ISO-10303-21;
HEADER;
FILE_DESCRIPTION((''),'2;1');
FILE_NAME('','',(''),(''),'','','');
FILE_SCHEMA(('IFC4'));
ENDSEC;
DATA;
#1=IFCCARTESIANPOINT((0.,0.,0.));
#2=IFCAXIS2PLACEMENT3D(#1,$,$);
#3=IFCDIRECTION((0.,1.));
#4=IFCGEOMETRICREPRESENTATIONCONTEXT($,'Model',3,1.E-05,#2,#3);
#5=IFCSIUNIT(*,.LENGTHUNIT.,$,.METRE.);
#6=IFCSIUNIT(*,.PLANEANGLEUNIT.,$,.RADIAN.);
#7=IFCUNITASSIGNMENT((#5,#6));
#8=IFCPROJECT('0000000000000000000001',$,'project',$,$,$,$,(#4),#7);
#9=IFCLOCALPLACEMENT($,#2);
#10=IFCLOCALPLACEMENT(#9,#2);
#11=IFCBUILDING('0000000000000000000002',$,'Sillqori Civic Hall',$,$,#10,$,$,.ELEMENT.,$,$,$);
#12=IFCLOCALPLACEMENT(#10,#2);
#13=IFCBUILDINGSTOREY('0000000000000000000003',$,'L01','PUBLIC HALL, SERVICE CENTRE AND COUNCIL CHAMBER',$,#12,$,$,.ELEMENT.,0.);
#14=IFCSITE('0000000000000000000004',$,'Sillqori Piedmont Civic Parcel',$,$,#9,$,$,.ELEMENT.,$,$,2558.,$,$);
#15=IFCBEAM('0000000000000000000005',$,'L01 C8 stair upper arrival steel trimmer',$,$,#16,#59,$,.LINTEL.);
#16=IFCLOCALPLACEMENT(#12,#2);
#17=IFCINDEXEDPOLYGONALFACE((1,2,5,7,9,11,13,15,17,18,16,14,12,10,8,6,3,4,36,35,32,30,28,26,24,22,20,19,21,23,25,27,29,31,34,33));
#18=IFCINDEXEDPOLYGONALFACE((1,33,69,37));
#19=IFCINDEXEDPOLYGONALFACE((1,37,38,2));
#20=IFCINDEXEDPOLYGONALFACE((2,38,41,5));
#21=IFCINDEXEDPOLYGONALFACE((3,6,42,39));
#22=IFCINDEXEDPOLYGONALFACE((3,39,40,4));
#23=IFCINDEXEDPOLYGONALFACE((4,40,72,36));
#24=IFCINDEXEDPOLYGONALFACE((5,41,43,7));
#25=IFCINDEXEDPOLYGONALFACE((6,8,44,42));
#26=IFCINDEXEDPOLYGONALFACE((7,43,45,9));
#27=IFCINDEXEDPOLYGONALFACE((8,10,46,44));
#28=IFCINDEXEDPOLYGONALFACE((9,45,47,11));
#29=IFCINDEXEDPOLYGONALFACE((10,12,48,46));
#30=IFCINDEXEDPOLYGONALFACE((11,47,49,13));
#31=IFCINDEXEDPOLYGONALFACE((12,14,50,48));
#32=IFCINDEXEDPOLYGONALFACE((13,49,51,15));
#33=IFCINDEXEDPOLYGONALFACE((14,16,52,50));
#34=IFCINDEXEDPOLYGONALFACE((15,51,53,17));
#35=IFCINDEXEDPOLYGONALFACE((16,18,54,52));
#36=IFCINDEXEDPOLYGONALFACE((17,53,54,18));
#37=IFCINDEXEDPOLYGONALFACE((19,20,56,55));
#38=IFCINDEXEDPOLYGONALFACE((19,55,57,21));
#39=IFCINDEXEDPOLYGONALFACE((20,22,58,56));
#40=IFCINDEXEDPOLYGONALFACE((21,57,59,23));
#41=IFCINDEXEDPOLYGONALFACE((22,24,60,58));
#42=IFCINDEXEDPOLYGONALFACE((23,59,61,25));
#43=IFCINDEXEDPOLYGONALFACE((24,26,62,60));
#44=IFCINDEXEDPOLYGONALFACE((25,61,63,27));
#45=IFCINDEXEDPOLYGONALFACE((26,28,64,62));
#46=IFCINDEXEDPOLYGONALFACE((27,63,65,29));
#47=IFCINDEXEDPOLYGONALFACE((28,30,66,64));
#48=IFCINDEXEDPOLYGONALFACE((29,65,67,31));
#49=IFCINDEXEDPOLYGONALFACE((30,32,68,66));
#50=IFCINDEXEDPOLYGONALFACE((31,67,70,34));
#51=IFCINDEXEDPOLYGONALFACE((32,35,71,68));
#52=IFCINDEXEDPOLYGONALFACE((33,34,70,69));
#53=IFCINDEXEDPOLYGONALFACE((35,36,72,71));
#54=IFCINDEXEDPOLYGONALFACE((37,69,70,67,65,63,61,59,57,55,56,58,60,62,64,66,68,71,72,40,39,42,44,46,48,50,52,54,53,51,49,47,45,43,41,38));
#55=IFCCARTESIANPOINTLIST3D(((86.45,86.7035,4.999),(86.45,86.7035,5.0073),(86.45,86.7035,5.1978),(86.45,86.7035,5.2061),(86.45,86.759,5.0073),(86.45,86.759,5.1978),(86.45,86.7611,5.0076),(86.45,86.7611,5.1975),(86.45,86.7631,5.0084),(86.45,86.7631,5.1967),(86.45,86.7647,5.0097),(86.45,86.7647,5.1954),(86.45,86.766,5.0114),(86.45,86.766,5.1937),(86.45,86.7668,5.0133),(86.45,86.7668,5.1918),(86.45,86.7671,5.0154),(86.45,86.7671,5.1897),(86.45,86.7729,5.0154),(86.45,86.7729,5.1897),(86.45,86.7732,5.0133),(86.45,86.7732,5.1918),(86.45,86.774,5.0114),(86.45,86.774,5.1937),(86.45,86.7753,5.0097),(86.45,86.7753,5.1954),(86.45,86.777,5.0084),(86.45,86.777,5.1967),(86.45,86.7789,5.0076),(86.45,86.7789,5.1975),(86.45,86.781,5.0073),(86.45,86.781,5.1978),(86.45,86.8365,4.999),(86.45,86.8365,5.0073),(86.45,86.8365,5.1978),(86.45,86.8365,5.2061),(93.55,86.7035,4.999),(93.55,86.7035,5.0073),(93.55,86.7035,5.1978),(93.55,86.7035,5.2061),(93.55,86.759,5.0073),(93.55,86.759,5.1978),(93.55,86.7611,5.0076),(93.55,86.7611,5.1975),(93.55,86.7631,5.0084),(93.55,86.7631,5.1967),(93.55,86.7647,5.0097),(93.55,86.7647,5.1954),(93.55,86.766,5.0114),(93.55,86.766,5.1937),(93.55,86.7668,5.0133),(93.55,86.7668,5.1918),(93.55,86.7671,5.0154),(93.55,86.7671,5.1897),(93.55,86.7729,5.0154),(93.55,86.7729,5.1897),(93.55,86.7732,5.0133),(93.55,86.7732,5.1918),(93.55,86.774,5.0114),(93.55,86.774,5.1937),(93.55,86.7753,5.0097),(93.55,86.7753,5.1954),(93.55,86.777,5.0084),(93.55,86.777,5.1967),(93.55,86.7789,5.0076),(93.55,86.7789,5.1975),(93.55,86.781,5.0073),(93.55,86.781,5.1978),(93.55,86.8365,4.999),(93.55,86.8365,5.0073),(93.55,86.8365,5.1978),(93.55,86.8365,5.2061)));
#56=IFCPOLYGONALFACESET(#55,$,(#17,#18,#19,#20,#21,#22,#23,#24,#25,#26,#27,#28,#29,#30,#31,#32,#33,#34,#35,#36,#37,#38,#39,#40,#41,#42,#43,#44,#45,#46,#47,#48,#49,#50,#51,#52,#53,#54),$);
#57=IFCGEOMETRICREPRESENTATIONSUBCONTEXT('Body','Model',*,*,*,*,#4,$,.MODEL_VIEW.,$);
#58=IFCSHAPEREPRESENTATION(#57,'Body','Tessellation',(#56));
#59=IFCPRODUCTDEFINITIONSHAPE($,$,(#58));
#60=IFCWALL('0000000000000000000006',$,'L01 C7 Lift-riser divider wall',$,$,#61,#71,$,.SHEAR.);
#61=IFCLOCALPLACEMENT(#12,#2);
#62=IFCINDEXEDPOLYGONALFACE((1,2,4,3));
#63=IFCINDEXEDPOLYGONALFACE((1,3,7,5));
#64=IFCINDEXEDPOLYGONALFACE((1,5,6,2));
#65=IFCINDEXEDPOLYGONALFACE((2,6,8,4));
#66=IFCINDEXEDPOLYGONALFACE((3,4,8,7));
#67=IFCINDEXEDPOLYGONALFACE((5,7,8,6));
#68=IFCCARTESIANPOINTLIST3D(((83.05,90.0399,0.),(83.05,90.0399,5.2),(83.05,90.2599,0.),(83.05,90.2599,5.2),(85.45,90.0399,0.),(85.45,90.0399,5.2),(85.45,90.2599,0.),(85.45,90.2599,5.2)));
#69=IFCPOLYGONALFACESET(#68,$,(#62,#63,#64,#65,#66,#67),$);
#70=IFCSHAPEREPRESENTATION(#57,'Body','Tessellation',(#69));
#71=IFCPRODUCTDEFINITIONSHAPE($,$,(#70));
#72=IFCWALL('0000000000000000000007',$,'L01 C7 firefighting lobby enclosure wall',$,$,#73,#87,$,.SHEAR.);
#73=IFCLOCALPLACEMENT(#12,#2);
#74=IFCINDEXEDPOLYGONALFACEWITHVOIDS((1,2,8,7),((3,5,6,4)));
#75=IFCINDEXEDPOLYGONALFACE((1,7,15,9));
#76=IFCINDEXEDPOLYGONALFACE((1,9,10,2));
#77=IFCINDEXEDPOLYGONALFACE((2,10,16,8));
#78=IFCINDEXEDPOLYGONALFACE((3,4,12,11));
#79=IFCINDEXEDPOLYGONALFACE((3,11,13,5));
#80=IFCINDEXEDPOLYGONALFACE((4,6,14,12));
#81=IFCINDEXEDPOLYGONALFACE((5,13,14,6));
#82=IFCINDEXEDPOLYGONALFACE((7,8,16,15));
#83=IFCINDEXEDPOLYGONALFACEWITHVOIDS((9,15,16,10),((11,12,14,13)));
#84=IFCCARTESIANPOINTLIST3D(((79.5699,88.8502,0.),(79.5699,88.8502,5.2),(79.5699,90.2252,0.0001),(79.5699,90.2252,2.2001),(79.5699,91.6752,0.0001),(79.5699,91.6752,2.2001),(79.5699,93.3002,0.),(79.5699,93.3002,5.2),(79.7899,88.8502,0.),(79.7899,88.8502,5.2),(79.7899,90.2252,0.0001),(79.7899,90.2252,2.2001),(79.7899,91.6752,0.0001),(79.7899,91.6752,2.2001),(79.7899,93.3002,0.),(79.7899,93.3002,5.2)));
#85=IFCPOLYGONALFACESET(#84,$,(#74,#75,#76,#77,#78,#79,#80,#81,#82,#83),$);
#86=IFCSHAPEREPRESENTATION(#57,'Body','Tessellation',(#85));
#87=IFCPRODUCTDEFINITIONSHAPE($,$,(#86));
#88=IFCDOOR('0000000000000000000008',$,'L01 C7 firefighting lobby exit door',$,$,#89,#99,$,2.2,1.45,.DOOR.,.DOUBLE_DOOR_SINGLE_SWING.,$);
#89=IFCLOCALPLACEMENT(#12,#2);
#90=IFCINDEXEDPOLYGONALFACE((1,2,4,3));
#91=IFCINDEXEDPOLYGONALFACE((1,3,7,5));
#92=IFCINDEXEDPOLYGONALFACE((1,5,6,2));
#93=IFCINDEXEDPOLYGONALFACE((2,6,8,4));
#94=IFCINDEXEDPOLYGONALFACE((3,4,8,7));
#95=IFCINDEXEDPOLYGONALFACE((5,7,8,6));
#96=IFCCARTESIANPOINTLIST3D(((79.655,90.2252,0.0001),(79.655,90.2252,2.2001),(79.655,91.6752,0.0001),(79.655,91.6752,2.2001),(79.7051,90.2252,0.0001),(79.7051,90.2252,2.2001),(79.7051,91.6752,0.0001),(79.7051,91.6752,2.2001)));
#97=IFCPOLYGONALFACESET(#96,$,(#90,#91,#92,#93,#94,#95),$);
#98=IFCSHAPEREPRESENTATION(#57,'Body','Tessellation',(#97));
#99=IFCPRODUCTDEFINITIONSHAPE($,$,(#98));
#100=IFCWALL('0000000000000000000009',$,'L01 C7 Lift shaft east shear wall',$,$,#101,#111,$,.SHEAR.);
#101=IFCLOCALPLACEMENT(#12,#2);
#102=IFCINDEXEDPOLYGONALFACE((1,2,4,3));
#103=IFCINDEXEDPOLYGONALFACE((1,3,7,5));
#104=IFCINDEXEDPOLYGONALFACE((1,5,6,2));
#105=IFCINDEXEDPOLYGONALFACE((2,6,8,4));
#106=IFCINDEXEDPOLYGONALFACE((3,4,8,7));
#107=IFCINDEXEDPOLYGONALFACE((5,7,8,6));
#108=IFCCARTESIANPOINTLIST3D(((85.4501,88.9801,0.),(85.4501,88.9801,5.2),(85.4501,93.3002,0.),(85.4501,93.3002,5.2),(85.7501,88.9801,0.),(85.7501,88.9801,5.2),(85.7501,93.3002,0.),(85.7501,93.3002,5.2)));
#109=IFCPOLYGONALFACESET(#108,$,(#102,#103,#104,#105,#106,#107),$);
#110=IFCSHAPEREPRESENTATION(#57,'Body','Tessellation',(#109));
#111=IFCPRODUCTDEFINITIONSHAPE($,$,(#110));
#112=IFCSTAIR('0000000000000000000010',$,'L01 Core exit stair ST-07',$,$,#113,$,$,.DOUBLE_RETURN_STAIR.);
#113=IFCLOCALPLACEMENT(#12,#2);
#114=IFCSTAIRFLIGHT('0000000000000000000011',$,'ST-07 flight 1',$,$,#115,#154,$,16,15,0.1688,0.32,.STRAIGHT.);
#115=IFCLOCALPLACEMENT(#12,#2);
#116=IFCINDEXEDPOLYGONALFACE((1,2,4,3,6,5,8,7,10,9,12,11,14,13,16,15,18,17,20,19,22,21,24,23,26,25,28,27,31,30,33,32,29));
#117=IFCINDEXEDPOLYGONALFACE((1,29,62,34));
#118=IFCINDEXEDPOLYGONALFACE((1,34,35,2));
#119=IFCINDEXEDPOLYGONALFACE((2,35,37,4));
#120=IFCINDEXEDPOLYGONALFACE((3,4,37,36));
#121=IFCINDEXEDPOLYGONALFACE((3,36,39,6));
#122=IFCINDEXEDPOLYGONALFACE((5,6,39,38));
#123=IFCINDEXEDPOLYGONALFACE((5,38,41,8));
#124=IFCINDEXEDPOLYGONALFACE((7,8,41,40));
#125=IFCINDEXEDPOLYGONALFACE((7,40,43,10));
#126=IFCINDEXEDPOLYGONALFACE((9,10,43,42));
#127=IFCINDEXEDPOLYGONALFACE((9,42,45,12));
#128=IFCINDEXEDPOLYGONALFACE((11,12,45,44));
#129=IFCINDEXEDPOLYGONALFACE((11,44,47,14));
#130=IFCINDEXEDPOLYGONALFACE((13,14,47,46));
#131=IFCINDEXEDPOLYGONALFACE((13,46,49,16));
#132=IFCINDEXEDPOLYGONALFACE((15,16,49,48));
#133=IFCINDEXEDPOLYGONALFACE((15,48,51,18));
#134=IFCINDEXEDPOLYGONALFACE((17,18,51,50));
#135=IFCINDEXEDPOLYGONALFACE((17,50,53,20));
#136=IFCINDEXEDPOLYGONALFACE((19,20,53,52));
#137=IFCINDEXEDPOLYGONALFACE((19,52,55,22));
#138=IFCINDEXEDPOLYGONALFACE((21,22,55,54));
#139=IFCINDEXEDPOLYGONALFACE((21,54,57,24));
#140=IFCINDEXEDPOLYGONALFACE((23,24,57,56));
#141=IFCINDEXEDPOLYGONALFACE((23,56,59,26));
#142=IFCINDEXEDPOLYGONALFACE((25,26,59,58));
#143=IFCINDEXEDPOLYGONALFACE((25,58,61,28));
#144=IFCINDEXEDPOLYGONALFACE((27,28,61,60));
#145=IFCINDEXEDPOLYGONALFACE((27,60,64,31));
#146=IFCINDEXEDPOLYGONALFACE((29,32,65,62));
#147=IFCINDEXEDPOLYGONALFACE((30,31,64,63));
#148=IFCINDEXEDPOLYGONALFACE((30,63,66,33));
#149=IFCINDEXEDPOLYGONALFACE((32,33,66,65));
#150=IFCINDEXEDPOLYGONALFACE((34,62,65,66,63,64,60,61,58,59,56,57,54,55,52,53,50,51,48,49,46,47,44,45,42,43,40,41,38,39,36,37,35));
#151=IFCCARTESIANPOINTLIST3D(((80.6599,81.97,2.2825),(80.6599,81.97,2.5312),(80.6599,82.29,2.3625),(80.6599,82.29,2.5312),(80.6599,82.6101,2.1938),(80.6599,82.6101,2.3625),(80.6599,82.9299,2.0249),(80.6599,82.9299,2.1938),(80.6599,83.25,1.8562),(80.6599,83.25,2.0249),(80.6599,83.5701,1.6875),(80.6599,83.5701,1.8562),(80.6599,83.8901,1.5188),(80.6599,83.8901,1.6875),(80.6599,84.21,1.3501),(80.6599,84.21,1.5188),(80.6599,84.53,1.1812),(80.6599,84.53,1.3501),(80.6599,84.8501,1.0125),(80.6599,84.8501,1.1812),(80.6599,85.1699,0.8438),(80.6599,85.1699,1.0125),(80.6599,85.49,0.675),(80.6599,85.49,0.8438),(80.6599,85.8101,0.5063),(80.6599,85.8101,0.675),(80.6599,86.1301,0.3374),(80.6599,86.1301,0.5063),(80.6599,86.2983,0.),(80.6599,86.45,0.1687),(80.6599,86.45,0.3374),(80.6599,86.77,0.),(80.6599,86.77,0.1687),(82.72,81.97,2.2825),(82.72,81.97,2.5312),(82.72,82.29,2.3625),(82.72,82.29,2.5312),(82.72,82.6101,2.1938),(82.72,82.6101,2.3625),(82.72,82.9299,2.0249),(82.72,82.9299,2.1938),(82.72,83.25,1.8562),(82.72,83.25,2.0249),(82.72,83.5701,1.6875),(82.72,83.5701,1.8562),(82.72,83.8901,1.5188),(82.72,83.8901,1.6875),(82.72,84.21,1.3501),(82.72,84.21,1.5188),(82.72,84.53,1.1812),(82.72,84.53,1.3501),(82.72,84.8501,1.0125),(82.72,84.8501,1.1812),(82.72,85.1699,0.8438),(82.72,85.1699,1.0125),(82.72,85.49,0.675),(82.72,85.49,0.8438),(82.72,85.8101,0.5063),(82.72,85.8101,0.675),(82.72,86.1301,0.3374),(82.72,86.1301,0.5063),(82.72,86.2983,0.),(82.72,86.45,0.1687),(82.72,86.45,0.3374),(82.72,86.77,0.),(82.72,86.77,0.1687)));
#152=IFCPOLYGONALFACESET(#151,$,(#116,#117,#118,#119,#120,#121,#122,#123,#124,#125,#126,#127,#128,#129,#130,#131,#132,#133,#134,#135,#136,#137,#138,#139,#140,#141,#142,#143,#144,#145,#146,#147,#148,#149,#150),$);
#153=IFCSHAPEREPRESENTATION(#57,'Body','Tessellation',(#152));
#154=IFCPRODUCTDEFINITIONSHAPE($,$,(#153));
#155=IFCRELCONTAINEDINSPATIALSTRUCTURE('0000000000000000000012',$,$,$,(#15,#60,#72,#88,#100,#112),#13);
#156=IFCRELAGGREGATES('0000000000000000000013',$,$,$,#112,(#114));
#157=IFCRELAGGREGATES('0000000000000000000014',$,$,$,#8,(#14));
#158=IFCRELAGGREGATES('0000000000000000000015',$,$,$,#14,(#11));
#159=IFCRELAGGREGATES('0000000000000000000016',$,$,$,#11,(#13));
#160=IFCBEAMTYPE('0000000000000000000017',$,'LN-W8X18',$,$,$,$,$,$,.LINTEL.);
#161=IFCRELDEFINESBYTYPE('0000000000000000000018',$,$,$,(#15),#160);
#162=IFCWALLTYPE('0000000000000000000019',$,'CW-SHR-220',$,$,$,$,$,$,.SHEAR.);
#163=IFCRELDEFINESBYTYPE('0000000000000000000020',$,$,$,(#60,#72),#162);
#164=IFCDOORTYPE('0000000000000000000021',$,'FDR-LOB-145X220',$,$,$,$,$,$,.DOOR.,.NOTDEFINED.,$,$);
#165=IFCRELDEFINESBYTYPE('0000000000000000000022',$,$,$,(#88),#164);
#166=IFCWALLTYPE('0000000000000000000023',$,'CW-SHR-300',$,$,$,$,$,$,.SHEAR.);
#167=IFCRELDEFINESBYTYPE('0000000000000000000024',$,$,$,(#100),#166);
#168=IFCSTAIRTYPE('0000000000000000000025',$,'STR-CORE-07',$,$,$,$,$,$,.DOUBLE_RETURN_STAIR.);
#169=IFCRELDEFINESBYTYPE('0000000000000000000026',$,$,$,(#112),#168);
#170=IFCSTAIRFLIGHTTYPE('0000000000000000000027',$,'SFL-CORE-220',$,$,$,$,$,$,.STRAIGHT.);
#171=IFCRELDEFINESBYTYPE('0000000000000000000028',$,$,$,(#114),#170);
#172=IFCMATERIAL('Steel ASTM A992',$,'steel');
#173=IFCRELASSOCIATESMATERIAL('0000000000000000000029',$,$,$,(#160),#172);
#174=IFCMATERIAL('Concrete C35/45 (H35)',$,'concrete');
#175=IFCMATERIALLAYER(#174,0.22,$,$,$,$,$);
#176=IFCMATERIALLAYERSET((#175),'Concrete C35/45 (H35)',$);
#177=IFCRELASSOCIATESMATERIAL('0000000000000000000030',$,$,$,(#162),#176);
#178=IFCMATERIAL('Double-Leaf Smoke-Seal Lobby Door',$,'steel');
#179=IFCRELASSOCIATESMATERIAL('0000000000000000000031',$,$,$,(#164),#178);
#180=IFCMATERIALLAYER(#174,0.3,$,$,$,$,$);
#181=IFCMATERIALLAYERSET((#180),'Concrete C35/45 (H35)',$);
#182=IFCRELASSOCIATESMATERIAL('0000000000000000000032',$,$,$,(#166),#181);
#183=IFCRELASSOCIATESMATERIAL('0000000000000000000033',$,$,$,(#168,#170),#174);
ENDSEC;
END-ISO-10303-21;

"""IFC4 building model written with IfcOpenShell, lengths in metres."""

from ifc_helpers import new_model, si_unit, direction, frame, frame_2d, origin, origin_2d, place, context, subcontext, project, spatial, polyline, rectangle, i_section, outline, extrude, material, layer, layer_set, material_profile, profile_set, type_object, element, fill, aggregate, save


model = new_model("IFC4")

# Units and contexts
model_context = context("Model", 3, precision=1e-05, world=origin(), true_north=direction((0.0, 1.0)))
body_context = subcontext(model_context, "Body", "Model", "MODEL_VIEW")
ifc_project = project(units=[si_unit("LENGTHUNIT", "METRE"), si_unit("PLANEANGLEUNIT", "RADIAN")], contexts=[model_context])

# Site, building, storey
site_placement = place(None, origin())
site = spatial("IfcSite", under=ifc_project, at=site_placement, Name="Sillqori Piedmont Civic Parcel", CompositionType="ELEMENT", RefElevation=2558.0)
building_placement = place(site_placement, origin())
building = spatial("IfcBuilding", under=site, at=building_placement, Name="Sillqori Civic Hall", CompositionType="ELEMENT")
storey_placement = place(building_placement, origin())
storey = spatial("IfcBuildingStorey", under=building, at=storey_placement, Name="L01", Description="PUBLIC HALL, SERVICE CENTRE AND COUNCIL CHAMBER", CompositionType="ELEMENT", Elevation=0.0)

# Shared definitions
ifc_material_1 = material(Name="Concrete C35/45 (H35)", Category="concrete")

# Beam
ifc_material_2 = material(Name="Steel ASTM A992", Category="steel")
ifc_material_profile_1 = material_profile(ifc_material_2, i_section(OverallWidth=0.1331, OverallDepth=0.207, WebThickness=0.0059, FlangeThickness=0.0083, FilletRadius=0.0081, at=origin_2d()), Name="W8X18")
ifc_profile_set_1 = profile_set([ifc_material_profile_1], Name="Steel ASTM A992")
beam_type_1 = type_object("IfcBeamType", Name="LN-W8X18", PredefinedType="LINTEL", material=ifc_profile_set_1)
for number, where, z_axis, x_axis, name in (
    (1, (86.45, 86.77, 5.1025), (1.0, 0.0, 0.0), (0.0, 1.0, 0.0), "L01 C8 stair upper arrival steel trimmer"),
):
    element("IfcBeam", number, at=place(storey_placement, frame(where, z_axis=z_axis, x_axis=x_axis)), inside=storey, type_object=beam_type_1, Name=name, PredefinedType="LINTEL", context=body_context, shape_type="SweptSolid", body=[
        extrude(i_section(OverallWidth=0.1331, OverallDepth=0.207, WebThickness=0.0059, FlangeThickness=0.0083, FilletRadius=0.0081, at=origin_2d()), origin(), (0.0, 0.0, 1.0), 7.1001),
    ])

# Wall
ifc_layer_1 = layer(ifc_material_1, 0.22)
ifc_layer_set_1 = layer_set([ifc_layer_1], Name="Concrete C35/45 (H35)")
wall_type_1 = type_object("IfcWallType", Name="CW-SHR-220", PredefinedType="SHEAR", material=ifc_layer_set_1)
wall_1_placement = place(storey_placement, frame((83.05, 90.1499, 0.0), z_axis=(0.0, 0.0, 1.0), x_axis=(1.0, 0.0, 0.0)))
element("IfcWall", 2, at=wall_1_placement, inside=storey, type_object=wall_type_1, Name="L01 C7 Lift-riser divider wall", PredefinedType="SHEAR", context=body_context, shape_type="SweptSolid", body=[
    extrude(rectangle(XDim=2.3999, YDim=0.22, at=frame_2d((1.2, 0.0))), origin(), (0.0, 0.0, 1.0), 5.2),
])

# Wall, opening, door
wall_2_placement = place(storey_placement, frame((79.6799, 88.8501, 0.0), z_axis=(0.0, 0.0, 1.0), x_axis=(0.0, 1.0, 0.0)))
wall_2 = element("IfcWall", 3, at=wall_2_placement, inside=storey, type_object=wall_type_1, Name="L01 C7 firefighting lobby enclosure wall", PredefinedType="SHEAR", context=body_context, shape_type="SweptSolid", body=[
    extrude(rectangle(XDim=4.45, YDim=0.22, at=frame_2d((2.2251, 0.0))), origin(), (0.0, 0.0, 1.0), 5.2),
])
opening_1_placement = place(wall_2_placement, frame((1.375, 0.0, 0.0)))
opening_1 = element("IfcOpeningElement", 4, at=opening_1_placement, cuts=wall_2, PredefinedType="OPENING", context=body_context, shape_type="SweptSolid", body=[
    extrude(rectangle(XDim=1.45, YDim=2.2, at=frame_2d((0.7251, 1.1001))), frame((0.0, 0.1199, 0.0), z_axis=(0.0, -1.0, 0.0), x_axis=(1.0, 0.0, 0.0)), (0.0, 0.0, 1.0), 0.24),
])
ifc_material_3 = material(Name="Double-Leaf Smoke-Seal Lobby Door", Category="steel")
door_type_1 = type_object("IfcDoorType", Name="FDR-LOB-145X220", OperationType="NOTDEFINED", PredefinedType="DOOR", material=ifc_material_3)
door_1_placement = place(opening_1_placement, origin())
door_1 = element("IfcDoor", 5, at=door_1_placement, inside=storey, type_object=door_type_1, Name="L01 C7 firefighting lobby exit door", OperationType="DOUBLE_DOOR_SINGLE_SWING", OverallHeight=2.2, OverallWidth=1.45, PredefinedType="DOOR", context=body_context, shape_type="SweptSolid", body=[
    extrude(rectangle(XDim=1.45, YDim=2.2, at=frame_2d((0.7251, 1.1001))), frame((0.0, 0.0249, 0.0), z_axis=(0.0, -1.0, 0.0), x_axis=(1.0, 0.0, 0.0)), (0.0, 0.0, 1.0), 0.05),
])
fill(opening_1, door_1)

# Wall
ifc_layer_2 = layer(ifc_material_1, 0.3)
ifc_layer_set_2 = layer_set([ifc_layer_2], Name="Concrete C35/45 (H35)")
wall_type_2 = type_object("IfcWallType", Name="CW-SHR-300", PredefinedType="SHEAR", material=ifc_layer_set_2)
wall_3_placement = place(storey_placement, frame((85.6001, 88.98, 0.0), z_axis=(0.0, 0.0, 1.0), x_axis=(0.0, 1.0, 0.0)))
element("IfcWall", 6, at=wall_3_placement, inside=storey, type_object=wall_type_2, Name="L01 C7 Lift shaft east shear wall", PredefinedType="SHEAR", context=body_context, shape_type="SweptSolid", body=[
    extrude(rectangle(XDim=4.3201, YDim=0.3, at=frame_2d((2.1602, 0.0))), origin(), (0.0, 0.0, 1.0), 5.2),
])

# Stair, stair flight
stair_type = type_object("IfcStairType", Name="STR-CORE-07", PredefinedType="DOUBLE_RETURN_STAIR", material=ifc_material_1)
stair_placement = place(storey_placement, origin())
stair = element("IfcStair", 7, at=stair_placement, inside=storey, type_object=stair_type, Name="L01 Core exit stair ST-07", PredefinedType="DOUBLE_RETURN_STAIR")
stair_flight_type = type_object("IfcStairFlightType", Name="SFL-CORE-220", PredefinedType="STRAIGHT", material=ifc_material_1)
stair_flight_placement = place(storey_placement, frame((81.6899, 86.77, 0.0), z_axis=(0.0, 0.0, 1.0), x_axis=(0.0, -1.0, 0.0)))
stair_flight = element("IfcStairFlight", 8, at=stair_flight_placement, type_object=stair_flight_type, Name="ST-07 flight 1", NumberOfRisers=16, NumberOfTreads=15, PredefinedType="STRAIGHT", RiserHeight=0.1688, TreadLength=0.32, context=body_context, shape_type="SweptSolid", body=[
    extrude(outline(polyline([(0.0, 0.0), (0.0, 0.1687), (0.3201, 0.1687), (0.3201, 0.3374), (0.6399, 0.3374), (0.6399, 0.5063), (0.96, 0.5063), (0.96, 0.675), (1.28, 0.675), (1.28, 0.8438), (1.6001, 0.8438), (1.6001, 1.0125), (1.9199, 1.0125), (1.9199, 1.1812), (2.24, 1.1812), (2.24, 1.3501), (2.5601, 1.3501), (2.5601, 1.5188), (2.8799, 1.5188), (2.8799, 1.6875), (3.2, 1.6875), (3.2, 1.8562), (3.52, 1.8562), (3.52, 2.0249), (3.8401, 2.0249), (3.8401, 2.1938), (4.1599, 2.1938), (4.1599, 2.3625), (4.48, 2.3625), (4.48, 2.5312), (4.8, 2.5312), (4.8, 2.7), (4.8, 2.2825), (0.4717, 0.0), (0.0, 0.0)])), frame((0.0, 1.03, 0.0), z_axis=(0.0, -1.0, 0.0), x_axis=(1.0, 0.0, 0.0)), (0.0, 0.0, 1.0), 2.0601),
])
aggregate(stair, [stair_flight])

save(model, "model.ifc")
